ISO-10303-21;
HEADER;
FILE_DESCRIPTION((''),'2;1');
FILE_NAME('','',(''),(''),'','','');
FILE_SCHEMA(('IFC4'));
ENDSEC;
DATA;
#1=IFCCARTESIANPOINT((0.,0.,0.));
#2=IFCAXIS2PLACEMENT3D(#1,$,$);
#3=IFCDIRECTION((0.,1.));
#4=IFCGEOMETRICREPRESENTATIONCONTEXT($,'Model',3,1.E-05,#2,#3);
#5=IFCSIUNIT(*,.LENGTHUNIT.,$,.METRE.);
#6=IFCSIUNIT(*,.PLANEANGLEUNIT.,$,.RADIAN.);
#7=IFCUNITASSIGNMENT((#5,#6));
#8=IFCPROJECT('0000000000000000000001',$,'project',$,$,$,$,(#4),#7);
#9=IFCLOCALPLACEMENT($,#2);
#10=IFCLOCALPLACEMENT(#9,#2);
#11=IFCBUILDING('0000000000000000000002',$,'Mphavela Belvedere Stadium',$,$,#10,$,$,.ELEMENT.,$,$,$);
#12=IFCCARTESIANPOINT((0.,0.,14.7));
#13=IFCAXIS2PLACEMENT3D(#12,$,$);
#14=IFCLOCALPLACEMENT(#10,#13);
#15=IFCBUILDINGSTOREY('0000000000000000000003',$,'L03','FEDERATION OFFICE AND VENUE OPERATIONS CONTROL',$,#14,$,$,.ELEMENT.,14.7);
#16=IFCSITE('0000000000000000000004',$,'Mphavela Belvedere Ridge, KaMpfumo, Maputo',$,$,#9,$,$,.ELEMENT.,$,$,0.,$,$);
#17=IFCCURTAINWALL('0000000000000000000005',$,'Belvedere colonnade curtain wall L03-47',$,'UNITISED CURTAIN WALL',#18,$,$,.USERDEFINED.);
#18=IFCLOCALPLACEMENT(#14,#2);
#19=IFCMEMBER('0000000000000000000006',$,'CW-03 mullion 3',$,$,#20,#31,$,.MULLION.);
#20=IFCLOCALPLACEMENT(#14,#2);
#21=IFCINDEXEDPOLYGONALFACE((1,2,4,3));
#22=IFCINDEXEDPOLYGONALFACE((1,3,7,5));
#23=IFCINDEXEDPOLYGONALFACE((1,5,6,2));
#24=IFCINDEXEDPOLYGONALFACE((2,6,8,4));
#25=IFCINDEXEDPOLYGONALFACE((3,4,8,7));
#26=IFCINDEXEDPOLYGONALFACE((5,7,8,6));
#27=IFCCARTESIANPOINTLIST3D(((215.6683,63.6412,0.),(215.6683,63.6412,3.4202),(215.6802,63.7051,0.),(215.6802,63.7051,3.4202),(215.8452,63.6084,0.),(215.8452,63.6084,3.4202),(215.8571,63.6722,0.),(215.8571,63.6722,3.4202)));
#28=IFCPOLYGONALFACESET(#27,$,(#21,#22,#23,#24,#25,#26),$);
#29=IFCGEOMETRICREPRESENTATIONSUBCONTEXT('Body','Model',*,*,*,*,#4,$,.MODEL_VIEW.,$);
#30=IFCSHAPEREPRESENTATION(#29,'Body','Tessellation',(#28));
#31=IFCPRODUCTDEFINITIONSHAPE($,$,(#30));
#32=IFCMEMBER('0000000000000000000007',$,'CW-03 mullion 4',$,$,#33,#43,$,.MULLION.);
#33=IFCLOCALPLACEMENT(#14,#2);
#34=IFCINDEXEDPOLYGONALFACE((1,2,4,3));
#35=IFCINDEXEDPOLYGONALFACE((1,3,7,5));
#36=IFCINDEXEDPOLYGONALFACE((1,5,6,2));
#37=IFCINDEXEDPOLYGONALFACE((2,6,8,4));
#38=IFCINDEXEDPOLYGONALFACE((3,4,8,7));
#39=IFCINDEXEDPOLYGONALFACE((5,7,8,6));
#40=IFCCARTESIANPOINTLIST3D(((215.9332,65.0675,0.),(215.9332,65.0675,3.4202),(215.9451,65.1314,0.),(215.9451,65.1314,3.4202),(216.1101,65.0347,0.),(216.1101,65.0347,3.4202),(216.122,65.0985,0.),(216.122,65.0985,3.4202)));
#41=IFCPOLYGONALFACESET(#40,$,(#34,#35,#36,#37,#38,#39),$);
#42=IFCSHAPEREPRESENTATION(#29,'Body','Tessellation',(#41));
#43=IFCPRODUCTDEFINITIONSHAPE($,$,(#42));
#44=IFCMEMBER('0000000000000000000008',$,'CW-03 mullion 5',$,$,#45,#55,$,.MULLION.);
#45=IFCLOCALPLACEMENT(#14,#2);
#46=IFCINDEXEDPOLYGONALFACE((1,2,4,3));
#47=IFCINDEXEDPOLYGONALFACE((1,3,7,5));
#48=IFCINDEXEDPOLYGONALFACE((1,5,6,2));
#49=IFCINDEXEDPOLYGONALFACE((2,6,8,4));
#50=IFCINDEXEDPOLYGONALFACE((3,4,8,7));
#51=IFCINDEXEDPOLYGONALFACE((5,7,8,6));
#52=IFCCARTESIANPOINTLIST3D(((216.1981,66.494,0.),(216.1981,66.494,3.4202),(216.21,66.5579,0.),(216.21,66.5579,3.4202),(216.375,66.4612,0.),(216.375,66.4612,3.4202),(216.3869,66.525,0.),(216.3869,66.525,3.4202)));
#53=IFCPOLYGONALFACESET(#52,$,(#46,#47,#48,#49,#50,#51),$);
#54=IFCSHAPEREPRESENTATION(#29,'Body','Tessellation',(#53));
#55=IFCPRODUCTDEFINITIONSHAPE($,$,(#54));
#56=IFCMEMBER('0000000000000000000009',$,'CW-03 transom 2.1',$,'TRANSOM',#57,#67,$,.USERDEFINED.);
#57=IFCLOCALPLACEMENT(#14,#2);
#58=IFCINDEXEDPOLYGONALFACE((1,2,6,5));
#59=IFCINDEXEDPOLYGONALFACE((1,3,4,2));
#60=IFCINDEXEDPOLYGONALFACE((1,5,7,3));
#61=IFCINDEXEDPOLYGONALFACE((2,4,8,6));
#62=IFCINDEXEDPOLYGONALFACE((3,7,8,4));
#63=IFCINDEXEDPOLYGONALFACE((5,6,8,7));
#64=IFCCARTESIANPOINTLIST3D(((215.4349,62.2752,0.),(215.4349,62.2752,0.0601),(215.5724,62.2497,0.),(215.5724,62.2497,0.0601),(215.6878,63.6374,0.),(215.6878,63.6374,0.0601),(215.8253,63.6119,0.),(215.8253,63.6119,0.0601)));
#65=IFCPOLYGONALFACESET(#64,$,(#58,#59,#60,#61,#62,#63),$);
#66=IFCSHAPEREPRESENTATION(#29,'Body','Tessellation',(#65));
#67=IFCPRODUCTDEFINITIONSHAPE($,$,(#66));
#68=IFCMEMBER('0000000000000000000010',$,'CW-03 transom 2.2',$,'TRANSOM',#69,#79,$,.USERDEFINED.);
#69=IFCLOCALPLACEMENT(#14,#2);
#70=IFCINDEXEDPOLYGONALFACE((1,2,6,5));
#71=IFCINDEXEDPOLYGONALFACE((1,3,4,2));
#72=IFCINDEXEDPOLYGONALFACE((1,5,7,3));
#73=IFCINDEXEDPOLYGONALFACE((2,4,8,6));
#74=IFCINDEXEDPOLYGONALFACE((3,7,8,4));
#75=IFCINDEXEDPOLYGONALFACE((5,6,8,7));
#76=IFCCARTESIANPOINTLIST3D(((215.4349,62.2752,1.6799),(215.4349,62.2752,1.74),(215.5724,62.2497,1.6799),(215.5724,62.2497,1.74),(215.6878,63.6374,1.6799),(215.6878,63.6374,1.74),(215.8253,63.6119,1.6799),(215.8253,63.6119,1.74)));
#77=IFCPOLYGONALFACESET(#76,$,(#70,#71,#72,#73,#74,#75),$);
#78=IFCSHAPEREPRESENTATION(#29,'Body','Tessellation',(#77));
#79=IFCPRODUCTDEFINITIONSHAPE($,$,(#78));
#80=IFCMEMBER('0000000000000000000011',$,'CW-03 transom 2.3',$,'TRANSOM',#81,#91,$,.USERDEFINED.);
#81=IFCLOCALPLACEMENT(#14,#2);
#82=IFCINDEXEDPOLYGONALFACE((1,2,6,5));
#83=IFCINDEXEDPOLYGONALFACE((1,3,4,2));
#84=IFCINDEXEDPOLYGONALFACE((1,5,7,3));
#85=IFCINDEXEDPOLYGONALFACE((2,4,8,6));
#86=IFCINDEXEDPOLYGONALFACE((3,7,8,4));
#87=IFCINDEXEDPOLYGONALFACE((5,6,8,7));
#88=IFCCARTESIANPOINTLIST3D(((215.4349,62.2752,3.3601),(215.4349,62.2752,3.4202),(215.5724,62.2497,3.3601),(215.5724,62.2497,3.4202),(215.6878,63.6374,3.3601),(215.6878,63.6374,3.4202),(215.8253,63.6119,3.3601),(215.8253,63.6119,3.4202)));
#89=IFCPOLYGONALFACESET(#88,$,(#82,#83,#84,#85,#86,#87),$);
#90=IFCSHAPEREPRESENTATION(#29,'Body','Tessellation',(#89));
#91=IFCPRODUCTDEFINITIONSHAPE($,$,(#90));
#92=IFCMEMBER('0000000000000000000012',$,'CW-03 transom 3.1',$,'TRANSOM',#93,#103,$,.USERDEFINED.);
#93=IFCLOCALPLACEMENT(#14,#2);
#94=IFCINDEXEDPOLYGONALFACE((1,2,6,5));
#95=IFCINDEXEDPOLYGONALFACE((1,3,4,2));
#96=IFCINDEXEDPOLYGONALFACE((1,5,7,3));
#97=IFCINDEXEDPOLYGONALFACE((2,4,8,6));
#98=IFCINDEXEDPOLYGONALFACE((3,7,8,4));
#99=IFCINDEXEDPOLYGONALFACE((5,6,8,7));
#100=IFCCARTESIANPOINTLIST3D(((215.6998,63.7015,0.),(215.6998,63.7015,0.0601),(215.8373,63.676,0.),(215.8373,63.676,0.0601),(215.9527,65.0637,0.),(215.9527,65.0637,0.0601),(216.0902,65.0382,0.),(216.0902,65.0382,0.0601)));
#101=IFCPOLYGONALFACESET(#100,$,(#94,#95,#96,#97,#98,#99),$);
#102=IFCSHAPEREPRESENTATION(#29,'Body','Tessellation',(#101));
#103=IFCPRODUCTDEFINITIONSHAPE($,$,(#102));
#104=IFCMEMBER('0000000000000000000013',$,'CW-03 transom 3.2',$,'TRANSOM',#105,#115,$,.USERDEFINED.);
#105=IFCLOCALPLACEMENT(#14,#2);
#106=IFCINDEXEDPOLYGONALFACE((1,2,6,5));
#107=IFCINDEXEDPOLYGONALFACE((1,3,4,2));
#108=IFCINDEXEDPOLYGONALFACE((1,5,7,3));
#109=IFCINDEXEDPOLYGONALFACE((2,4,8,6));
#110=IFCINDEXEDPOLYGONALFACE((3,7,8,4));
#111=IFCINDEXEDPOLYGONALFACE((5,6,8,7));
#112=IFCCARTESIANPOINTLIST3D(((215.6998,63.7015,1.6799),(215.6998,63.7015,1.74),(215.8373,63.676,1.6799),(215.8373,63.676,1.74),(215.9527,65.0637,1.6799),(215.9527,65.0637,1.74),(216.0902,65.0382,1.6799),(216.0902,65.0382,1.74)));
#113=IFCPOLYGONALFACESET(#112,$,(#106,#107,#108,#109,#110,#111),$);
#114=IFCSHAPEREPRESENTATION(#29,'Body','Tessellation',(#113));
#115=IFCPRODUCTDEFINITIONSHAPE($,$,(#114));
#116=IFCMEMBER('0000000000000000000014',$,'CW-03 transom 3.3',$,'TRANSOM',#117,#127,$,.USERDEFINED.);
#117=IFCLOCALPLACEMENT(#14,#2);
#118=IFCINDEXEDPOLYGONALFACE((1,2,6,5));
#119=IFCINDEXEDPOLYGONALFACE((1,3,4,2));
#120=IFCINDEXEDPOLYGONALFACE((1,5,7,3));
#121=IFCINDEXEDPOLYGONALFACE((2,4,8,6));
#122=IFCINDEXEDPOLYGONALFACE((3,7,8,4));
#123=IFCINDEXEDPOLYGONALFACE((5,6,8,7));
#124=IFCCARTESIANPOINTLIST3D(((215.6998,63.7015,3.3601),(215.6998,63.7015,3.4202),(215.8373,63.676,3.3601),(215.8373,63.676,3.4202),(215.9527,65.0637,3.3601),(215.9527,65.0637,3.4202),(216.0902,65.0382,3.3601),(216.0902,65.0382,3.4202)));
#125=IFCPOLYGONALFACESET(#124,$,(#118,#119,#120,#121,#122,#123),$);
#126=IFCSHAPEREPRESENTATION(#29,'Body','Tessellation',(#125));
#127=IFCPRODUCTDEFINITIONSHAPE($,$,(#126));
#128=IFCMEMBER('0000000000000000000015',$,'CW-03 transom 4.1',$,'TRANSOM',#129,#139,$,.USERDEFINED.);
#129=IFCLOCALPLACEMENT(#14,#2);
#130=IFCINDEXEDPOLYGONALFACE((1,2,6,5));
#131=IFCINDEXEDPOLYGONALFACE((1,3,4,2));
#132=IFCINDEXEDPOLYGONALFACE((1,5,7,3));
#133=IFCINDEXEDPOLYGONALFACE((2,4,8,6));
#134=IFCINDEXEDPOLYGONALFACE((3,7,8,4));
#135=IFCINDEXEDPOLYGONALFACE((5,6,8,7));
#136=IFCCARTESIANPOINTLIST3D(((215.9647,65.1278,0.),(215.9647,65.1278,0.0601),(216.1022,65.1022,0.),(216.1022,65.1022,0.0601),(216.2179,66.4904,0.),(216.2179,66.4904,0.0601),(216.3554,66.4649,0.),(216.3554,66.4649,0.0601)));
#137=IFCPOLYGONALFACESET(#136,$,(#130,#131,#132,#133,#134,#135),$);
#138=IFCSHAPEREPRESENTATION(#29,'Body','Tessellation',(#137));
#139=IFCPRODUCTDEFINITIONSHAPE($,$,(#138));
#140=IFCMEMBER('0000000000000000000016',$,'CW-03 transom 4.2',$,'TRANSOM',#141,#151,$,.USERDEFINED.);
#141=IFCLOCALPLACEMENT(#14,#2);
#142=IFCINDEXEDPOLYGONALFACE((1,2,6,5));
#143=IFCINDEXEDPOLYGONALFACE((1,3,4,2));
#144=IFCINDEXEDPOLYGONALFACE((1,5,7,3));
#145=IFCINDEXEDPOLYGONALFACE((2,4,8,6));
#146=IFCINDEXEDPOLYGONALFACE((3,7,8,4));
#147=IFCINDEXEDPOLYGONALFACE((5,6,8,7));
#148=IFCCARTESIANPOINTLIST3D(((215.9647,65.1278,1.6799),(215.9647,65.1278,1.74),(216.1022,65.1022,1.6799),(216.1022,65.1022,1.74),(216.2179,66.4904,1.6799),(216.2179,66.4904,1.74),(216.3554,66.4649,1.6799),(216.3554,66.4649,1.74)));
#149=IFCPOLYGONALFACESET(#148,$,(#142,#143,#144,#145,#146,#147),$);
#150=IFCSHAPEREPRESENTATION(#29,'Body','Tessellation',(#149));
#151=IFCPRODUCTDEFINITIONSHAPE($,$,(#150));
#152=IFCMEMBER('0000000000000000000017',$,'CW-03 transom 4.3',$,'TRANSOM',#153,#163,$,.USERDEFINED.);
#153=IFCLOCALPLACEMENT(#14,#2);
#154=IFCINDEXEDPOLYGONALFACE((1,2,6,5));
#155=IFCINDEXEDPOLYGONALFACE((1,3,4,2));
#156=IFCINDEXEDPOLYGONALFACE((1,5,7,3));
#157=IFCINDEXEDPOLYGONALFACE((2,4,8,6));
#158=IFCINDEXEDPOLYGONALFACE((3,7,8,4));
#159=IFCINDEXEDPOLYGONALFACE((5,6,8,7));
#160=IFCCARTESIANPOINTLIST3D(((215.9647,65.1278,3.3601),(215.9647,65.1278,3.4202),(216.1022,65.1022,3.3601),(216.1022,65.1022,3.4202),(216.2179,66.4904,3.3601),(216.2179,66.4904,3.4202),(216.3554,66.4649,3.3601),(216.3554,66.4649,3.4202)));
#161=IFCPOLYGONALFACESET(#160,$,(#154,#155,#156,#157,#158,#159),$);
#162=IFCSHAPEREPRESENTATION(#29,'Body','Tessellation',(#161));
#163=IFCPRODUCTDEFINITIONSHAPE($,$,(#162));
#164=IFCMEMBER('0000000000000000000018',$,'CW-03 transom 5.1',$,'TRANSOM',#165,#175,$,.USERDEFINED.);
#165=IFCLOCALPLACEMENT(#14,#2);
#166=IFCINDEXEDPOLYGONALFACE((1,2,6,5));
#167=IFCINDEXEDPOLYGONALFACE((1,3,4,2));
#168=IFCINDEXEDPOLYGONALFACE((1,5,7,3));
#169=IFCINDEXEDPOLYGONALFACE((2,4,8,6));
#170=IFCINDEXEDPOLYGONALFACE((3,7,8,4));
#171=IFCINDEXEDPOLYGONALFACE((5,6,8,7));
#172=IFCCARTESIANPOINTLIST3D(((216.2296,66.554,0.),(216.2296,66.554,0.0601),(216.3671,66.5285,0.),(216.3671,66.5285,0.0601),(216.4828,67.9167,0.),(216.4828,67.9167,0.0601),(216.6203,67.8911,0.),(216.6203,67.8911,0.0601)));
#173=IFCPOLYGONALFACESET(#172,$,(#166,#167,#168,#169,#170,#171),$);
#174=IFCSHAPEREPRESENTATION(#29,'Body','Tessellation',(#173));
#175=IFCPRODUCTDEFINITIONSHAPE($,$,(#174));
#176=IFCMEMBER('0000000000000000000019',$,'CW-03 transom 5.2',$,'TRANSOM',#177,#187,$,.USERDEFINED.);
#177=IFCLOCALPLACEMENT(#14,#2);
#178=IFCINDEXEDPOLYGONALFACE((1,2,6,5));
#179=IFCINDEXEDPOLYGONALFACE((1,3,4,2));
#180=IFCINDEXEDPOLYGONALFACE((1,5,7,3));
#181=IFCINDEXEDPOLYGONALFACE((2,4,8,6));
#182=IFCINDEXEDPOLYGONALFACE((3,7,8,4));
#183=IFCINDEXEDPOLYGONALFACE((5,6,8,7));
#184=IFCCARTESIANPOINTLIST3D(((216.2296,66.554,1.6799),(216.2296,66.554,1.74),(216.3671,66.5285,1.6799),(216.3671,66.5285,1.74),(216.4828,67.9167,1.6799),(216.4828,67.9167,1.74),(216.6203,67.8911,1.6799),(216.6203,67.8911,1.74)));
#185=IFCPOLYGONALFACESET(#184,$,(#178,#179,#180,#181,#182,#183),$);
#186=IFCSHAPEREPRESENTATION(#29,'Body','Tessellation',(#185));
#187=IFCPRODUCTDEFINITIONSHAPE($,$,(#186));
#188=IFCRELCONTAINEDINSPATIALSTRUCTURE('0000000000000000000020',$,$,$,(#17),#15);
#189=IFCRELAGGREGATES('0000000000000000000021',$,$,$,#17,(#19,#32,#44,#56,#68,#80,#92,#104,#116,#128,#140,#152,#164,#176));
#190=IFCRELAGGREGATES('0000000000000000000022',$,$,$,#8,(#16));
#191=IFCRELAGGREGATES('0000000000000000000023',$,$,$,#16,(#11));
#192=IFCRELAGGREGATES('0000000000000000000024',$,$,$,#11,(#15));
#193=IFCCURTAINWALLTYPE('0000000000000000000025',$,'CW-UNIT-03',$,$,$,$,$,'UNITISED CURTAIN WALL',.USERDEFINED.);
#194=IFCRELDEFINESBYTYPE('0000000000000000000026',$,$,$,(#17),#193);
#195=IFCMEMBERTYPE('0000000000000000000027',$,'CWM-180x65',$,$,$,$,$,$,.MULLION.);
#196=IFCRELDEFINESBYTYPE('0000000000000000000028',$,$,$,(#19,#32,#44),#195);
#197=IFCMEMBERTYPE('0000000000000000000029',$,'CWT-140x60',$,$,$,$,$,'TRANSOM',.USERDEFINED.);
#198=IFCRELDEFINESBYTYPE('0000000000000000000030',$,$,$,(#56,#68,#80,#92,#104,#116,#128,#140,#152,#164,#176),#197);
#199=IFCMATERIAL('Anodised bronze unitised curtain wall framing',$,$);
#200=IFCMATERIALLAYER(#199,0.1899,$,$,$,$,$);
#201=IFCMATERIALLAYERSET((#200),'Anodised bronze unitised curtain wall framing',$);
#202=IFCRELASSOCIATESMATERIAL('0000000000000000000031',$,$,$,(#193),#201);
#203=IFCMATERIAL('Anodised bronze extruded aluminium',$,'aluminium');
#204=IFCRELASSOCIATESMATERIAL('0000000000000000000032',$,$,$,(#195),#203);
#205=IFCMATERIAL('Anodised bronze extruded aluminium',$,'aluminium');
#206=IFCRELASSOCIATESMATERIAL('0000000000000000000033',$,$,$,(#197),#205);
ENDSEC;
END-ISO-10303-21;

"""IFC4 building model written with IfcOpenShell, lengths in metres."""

from ifc_helpers import new_model, si_unit, direction, frame, origin, origin_2d, place, context, subcontext, project, spatial, rectangle, extrude, material, layer, layer_set, material_profile, profile_set, type_object, element, aggregate, save


model = new_model("IFC4")

# Units and contexts
model_context = context("Model", 3, precision=1e-05, world=origin(), true_north=direction((0.0, 1.0)))
body_context = subcontext(model_context, "Body", "Model", "MODEL_VIEW")
ifc_project = project(units=[si_unit("LENGTHUNIT", "METRE"), si_unit("PLANEANGLEUNIT", "RADIAN")], contexts=[model_context])

# Site, building, storey
site_placement = place(None, origin())
site = spatial("IfcSite", under=ifc_project, at=site_placement, Name="Mphavela Belvedere Ridge, KaMpfumo, Maputo", CompositionType="ELEMENT", RefElevation=0.0)
building_placement = place(site_placement, origin())
building = spatial("IfcBuilding", under=site, at=building_placement, Name="Mphavela Belvedere Stadium", CompositionType="ELEMENT")
storey_placement = place(building_placement, frame((0.0, 0.0, 14.7)))
storey = spatial("IfcBuildingStorey", under=building, at=storey_placement, Name="L03", Description="FEDERATION OFFICE AND VENUE OPERATIONS CONTROL", CompositionType="ELEMENT", Elevation=14.7)

# Curtain wall, members
ifc_material_1 = material(Name="Anodised bronze unitised curtain wall framing")
ifc_layer_1 = layer(ifc_material_1, 0.1899)
ifc_layer_set_1 = layer_set([ifc_layer_1], Name="Anodised bronze unitised curtain wall framing")
curtain_wall_type = type_object("IfcCurtainWallType", Name="CW-UNIT-03", ElementType="UNITISED CURTAIN WALL", PredefinedType="USERDEFINED", material=ifc_layer_set_1)
curtain_wall_placement = place(storey_placement, origin())
curtain_wall = element("IfcCurtainWall", 1, at=curtain_wall_placement, inside=storey, type_object=curtain_wall_type, Name="Belvedere colonnade curtain wall L03-47", ObjectType="UNITISED CURTAIN WALL", PredefinedType="USERDEFINED")
ifc_material_2 = material(Name="Anodised bronze extruded aluminium", Category="aluminium")
ifc_material_profile_1 = material_profile(ifc_material_2, rectangle(XDim=0.1799, YDim=0.0649, at=origin_2d()), Name="CW-MUL 180x65")
ifc_profile_set_1 = profile_set([ifc_material_profile_1], Name="Anodised bronze extruded aluminium")
member_type_1 = type_object("IfcMemberType", Name="CWM-180x65", PredefinedType="MULLION", material=ifc_profile_set_1)
member_1_placement = place(storey_placement, frame((215.7627, 63.6567, 0.0), z_axis=(0.0, 0.0, 1.0), x_axis=(-0.983181, 0.182631, 0.0)))
member_1 = element("IfcMember", 2, at=member_1_placement, type_object=member_type_1, Name="CW-03 mullion 3", PredefinedType="MULLION", context=body_context, shape_type="SweptSolid", body=[
    extrude(rectangle(XDim=0.1799, YDim=0.0649, at=origin_2d()), origin(), (0.0, 0.0, 1.0), 3.4202),
])
member_2_placement = place(storey_placement, frame((216.0276, 65.083, 0.0), z_axis=(0.0, 0.0, 1.0), x_axis=(-0.983181, 0.182631, 0.0)))
member_2 = element("IfcMember", 3, at=member_2_placement, type_object=member_type_1, Name="CW-03 mullion 4", PredefinedType="MULLION", context=body_context, shape_type="SweptSolid", body=[
    extrude(rectangle(XDim=0.1799, YDim=0.0649, at=origin_2d()), origin(), (0.0, 0.0, 1.0), 3.4202),
])
member_3_placement = place(storey_placement, frame((216.2925, 66.5095, 0.0), z_axis=(0.0, 0.0, 1.0), x_axis=(-0.983181, 0.182631, 0.0)))
member_3 = element("IfcMember", 4, at=member_3_placement, type_object=member_type_1, Name="CW-03 mullion 5", PredefinedType="MULLION", context=body_context, shape_type="SweptSolid", body=[
    extrude(rectangle(XDim=0.1799, YDim=0.0649, at=origin_2d()), origin(), (0.0, 0.0, 1.0), 3.4202),
])
ifc_material_3 = material(Name="Anodised bronze extruded aluminium", Category="aluminium")
ifc_material_profile_2 = material_profile(ifc_material_3, rectangle(XDim=0.1399, YDim=0.0601, at=origin_2d()), Name="CW-TRN 140x60")
ifc_profile_set_2 = profile_set([ifc_material_profile_2], Name="Anodised bronze extruded aluminium")
member_type_2 = type_object("IfcMemberType", Name="CWT-140x60", ElementType="TRANSOM", PredefinedType="USERDEFINED", material=ifc_profile_set_2)
member_4_placement = place(storey_placement, frame((215.5037, 62.2625, 0.03), z_axis=(0.182544, 0.983198, 0.0), x_axis=(-0.983198, 0.182544, 0.0)))
member_4 = element("IfcMember", 5, at=member_4_placement, type_object=member_type_2, Name="CW-03 transom 2.1", ObjectType="TRANSOM", PredefinedType="USERDEFINED", context=body_context, shape_type="SweptSolid", body=[
    extrude(rectangle(XDim=0.1399, YDim=0.0601, at=origin_2d()), origin(), (0.0, 0.0, 1.0), 1.3855),
])
member_5_placement = place(storey_placement, frame((215.5037, 62.2625, 1.71), z_axis=(0.182544, 0.983198, 0.0), x_axis=(-0.983198, 0.182544, 0.0)))
member_5 = element("IfcMember", 6, at=member_5_placement, type_object=member_type_2, Name="CW-03 transom 2.2", ObjectType="TRANSOM", PredefinedType="USERDEFINED", context=body_context, shape_type="SweptSolid", body=[
    extrude(rectangle(XDim=0.1399, YDim=0.0601, at=origin_2d()), origin(), (0.0, 0.0, 1.0), 1.3855),
])
member_6_placement = place(storey_placement, frame((215.5037, 62.2625, 3.3901), z_axis=(0.182544, 0.983198, 0.0), x_axis=(-0.983198, 0.182544, 0.0)))
member_6 = element("IfcMember", 7, at=member_6_placement, type_object=member_type_2, Name="CW-03 transom 2.3", ObjectType="TRANSOM", PredefinedType="USERDEFINED", context=body_context, shape_type="SweptSolid", body=[
    extrude(rectangle(XDim=0.1399, YDim=0.0601, at=origin_2d()), origin(), (0.0, 0.0, 1.0), 1.3855),
])
member_7_placement = place(storey_placement, frame((215.7686, 63.6887, 0.03), z_axis=(0.182544, 0.983198, 0.0), x_axis=(-0.983198, 0.182544, 0.0)))
member_7 = element("IfcMember", 8, at=member_7_placement, type_object=member_type_2, Name="CW-03 transom 3.1", ObjectType="TRANSOM", PredefinedType="USERDEFINED", context=body_context, shape_type="SweptSolid", body=[
    extrude(rectangle(XDim=0.1399, YDim=0.0601, at=origin_2d()), origin(), (0.0, 0.0, 1.0), 1.3855),
])
member_8_placement = place(storey_placement, frame((215.7686, 63.6887, 1.71), z_axis=(0.182544, 0.983198, 0.0), x_axis=(-0.983198, 0.182544, 0.0)))
member_8 = element("IfcMember", 9, at=member_8_placement, type_object=member_type_2, Name="CW-03 transom 3.2", ObjectType="TRANSOM", PredefinedType="USERDEFINED", context=body_context, shape_type="SweptSolid", body=[
    extrude(rectangle(XDim=0.1399, YDim=0.0601, at=origin_2d()), origin(), (0.0, 0.0, 1.0), 1.3855),
])
member_9_placement = place(storey_placement, frame((215.7686, 63.6887, 3.3901), z_axis=(0.182544, 0.983198, 0.0), x_axis=(-0.983198, 0.182544, 0.0)))
member_9 = element("IfcMember", 10, at=member_9_placement, type_object=member_type_2, Name="CW-03 transom 3.3", ObjectType="TRANSOM", PredefinedType="USERDEFINED", context=body_context, shape_type="SweptSolid", body=[
    extrude(rectangle(XDim=0.1399, YDim=0.0601, at=origin_2d()), origin(), (0.0, 0.0, 1.0), 1.3855),
])
member_10_placement = place(storey_placement, frame((216.0334, 65.115, 0.03), z_axis=(0.182682, 0.983172, 0.0), x_axis=(-0.983172, 0.182682, 0.0)))
member_10 = element("IfcMember", 11, at=member_10_placement, type_object=member_type_2, Name="CW-03 transom 4.1", ObjectType="TRANSOM", PredefinedType="USERDEFINED", context=body_context, shape_type="SweptSolid", body=[
    extrude(rectangle(XDim=0.1399, YDim=0.0601, at=origin_2d()), origin(), (0.0, 0.0, 1.0), 1.386),
])
member_11_placement = place(storey_placement, frame((216.0334, 65.115, 1.71), z_axis=(0.182682, 0.983172, 0.0), x_axis=(-0.983172, 0.182682, 0.0)))
member_11 = element("IfcMember", 12, at=member_11_placement, type_object=member_type_2, Name="CW-03 transom 4.2", ObjectType="TRANSOM", PredefinedType="USERDEFINED", context=body_context, shape_type="SweptSolid", body=[
    extrude(rectangle(XDim=0.1399, YDim=0.0601, at=origin_2d()), origin(), (0.0, 0.0, 1.0), 1.386),
])
member_12_placement = place(storey_placement, frame((216.0334, 65.115, 3.3901), z_axis=(0.182682, 0.983172, 0.0), x_axis=(-0.983172, 0.182682, 0.0)))
member_12 = element("IfcMember", 13, at=member_12_placement, type_object=member_type_2, Name="CW-03 transom 4.3", ObjectType="TRANSOM", PredefinedType="USERDEFINED", context=body_context, shape_type="SweptSolid", body=[
    extrude(rectangle(XDim=0.1399, YDim=0.0601, at=origin_2d()), origin(), (0.0, 0.0, 1.0), 1.386),
])
member_13_placement = place(storey_placement, frame((216.2983, 66.5413, 0.03), z_axis=(0.182682, 0.983172, 0.0), x_axis=(-0.983172, 0.182682, 0.0)))
member_13 = element("IfcMember", 14, at=member_13_placement, type_object=member_type_2, Name="CW-03 transom 5.1", ObjectType="TRANSOM", PredefinedType="USERDEFINED", context=body_context, shape_type="SweptSolid", body=[
    extrude(rectangle(XDim=0.1399, YDim=0.0601, at=origin_2d()), origin(), (0.0, 0.0, 1.0), 1.386),
])
member_14_placement = place(storey_placement, frame((216.2983, 66.5413, 1.71), z_axis=(0.182682, 0.983172, 0.0), x_axis=(-0.983172, 0.182682, 0.0)))
member_14 = element("IfcMember", 15, at=member_14_placement, type_object=member_type_2, Name="CW-03 transom 5.2", ObjectType="TRANSOM", PredefinedType="USERDEFINED", context=body_context, shape_type="SweptSolid", body=[
    extrude(rectangle(XDim=0.1399, YDim=0.0601, at=origin_2d()), origin(), (0.0, 0.0, 1.0), 1.386),
])
aggregate(curtain_wall, [member_1, member_2, member_3, member_4, member_5, member_6, member_7, member_8, member_9, member_10, member_11, member_12, member_13, member_14])

save(model, "model.ifc")
